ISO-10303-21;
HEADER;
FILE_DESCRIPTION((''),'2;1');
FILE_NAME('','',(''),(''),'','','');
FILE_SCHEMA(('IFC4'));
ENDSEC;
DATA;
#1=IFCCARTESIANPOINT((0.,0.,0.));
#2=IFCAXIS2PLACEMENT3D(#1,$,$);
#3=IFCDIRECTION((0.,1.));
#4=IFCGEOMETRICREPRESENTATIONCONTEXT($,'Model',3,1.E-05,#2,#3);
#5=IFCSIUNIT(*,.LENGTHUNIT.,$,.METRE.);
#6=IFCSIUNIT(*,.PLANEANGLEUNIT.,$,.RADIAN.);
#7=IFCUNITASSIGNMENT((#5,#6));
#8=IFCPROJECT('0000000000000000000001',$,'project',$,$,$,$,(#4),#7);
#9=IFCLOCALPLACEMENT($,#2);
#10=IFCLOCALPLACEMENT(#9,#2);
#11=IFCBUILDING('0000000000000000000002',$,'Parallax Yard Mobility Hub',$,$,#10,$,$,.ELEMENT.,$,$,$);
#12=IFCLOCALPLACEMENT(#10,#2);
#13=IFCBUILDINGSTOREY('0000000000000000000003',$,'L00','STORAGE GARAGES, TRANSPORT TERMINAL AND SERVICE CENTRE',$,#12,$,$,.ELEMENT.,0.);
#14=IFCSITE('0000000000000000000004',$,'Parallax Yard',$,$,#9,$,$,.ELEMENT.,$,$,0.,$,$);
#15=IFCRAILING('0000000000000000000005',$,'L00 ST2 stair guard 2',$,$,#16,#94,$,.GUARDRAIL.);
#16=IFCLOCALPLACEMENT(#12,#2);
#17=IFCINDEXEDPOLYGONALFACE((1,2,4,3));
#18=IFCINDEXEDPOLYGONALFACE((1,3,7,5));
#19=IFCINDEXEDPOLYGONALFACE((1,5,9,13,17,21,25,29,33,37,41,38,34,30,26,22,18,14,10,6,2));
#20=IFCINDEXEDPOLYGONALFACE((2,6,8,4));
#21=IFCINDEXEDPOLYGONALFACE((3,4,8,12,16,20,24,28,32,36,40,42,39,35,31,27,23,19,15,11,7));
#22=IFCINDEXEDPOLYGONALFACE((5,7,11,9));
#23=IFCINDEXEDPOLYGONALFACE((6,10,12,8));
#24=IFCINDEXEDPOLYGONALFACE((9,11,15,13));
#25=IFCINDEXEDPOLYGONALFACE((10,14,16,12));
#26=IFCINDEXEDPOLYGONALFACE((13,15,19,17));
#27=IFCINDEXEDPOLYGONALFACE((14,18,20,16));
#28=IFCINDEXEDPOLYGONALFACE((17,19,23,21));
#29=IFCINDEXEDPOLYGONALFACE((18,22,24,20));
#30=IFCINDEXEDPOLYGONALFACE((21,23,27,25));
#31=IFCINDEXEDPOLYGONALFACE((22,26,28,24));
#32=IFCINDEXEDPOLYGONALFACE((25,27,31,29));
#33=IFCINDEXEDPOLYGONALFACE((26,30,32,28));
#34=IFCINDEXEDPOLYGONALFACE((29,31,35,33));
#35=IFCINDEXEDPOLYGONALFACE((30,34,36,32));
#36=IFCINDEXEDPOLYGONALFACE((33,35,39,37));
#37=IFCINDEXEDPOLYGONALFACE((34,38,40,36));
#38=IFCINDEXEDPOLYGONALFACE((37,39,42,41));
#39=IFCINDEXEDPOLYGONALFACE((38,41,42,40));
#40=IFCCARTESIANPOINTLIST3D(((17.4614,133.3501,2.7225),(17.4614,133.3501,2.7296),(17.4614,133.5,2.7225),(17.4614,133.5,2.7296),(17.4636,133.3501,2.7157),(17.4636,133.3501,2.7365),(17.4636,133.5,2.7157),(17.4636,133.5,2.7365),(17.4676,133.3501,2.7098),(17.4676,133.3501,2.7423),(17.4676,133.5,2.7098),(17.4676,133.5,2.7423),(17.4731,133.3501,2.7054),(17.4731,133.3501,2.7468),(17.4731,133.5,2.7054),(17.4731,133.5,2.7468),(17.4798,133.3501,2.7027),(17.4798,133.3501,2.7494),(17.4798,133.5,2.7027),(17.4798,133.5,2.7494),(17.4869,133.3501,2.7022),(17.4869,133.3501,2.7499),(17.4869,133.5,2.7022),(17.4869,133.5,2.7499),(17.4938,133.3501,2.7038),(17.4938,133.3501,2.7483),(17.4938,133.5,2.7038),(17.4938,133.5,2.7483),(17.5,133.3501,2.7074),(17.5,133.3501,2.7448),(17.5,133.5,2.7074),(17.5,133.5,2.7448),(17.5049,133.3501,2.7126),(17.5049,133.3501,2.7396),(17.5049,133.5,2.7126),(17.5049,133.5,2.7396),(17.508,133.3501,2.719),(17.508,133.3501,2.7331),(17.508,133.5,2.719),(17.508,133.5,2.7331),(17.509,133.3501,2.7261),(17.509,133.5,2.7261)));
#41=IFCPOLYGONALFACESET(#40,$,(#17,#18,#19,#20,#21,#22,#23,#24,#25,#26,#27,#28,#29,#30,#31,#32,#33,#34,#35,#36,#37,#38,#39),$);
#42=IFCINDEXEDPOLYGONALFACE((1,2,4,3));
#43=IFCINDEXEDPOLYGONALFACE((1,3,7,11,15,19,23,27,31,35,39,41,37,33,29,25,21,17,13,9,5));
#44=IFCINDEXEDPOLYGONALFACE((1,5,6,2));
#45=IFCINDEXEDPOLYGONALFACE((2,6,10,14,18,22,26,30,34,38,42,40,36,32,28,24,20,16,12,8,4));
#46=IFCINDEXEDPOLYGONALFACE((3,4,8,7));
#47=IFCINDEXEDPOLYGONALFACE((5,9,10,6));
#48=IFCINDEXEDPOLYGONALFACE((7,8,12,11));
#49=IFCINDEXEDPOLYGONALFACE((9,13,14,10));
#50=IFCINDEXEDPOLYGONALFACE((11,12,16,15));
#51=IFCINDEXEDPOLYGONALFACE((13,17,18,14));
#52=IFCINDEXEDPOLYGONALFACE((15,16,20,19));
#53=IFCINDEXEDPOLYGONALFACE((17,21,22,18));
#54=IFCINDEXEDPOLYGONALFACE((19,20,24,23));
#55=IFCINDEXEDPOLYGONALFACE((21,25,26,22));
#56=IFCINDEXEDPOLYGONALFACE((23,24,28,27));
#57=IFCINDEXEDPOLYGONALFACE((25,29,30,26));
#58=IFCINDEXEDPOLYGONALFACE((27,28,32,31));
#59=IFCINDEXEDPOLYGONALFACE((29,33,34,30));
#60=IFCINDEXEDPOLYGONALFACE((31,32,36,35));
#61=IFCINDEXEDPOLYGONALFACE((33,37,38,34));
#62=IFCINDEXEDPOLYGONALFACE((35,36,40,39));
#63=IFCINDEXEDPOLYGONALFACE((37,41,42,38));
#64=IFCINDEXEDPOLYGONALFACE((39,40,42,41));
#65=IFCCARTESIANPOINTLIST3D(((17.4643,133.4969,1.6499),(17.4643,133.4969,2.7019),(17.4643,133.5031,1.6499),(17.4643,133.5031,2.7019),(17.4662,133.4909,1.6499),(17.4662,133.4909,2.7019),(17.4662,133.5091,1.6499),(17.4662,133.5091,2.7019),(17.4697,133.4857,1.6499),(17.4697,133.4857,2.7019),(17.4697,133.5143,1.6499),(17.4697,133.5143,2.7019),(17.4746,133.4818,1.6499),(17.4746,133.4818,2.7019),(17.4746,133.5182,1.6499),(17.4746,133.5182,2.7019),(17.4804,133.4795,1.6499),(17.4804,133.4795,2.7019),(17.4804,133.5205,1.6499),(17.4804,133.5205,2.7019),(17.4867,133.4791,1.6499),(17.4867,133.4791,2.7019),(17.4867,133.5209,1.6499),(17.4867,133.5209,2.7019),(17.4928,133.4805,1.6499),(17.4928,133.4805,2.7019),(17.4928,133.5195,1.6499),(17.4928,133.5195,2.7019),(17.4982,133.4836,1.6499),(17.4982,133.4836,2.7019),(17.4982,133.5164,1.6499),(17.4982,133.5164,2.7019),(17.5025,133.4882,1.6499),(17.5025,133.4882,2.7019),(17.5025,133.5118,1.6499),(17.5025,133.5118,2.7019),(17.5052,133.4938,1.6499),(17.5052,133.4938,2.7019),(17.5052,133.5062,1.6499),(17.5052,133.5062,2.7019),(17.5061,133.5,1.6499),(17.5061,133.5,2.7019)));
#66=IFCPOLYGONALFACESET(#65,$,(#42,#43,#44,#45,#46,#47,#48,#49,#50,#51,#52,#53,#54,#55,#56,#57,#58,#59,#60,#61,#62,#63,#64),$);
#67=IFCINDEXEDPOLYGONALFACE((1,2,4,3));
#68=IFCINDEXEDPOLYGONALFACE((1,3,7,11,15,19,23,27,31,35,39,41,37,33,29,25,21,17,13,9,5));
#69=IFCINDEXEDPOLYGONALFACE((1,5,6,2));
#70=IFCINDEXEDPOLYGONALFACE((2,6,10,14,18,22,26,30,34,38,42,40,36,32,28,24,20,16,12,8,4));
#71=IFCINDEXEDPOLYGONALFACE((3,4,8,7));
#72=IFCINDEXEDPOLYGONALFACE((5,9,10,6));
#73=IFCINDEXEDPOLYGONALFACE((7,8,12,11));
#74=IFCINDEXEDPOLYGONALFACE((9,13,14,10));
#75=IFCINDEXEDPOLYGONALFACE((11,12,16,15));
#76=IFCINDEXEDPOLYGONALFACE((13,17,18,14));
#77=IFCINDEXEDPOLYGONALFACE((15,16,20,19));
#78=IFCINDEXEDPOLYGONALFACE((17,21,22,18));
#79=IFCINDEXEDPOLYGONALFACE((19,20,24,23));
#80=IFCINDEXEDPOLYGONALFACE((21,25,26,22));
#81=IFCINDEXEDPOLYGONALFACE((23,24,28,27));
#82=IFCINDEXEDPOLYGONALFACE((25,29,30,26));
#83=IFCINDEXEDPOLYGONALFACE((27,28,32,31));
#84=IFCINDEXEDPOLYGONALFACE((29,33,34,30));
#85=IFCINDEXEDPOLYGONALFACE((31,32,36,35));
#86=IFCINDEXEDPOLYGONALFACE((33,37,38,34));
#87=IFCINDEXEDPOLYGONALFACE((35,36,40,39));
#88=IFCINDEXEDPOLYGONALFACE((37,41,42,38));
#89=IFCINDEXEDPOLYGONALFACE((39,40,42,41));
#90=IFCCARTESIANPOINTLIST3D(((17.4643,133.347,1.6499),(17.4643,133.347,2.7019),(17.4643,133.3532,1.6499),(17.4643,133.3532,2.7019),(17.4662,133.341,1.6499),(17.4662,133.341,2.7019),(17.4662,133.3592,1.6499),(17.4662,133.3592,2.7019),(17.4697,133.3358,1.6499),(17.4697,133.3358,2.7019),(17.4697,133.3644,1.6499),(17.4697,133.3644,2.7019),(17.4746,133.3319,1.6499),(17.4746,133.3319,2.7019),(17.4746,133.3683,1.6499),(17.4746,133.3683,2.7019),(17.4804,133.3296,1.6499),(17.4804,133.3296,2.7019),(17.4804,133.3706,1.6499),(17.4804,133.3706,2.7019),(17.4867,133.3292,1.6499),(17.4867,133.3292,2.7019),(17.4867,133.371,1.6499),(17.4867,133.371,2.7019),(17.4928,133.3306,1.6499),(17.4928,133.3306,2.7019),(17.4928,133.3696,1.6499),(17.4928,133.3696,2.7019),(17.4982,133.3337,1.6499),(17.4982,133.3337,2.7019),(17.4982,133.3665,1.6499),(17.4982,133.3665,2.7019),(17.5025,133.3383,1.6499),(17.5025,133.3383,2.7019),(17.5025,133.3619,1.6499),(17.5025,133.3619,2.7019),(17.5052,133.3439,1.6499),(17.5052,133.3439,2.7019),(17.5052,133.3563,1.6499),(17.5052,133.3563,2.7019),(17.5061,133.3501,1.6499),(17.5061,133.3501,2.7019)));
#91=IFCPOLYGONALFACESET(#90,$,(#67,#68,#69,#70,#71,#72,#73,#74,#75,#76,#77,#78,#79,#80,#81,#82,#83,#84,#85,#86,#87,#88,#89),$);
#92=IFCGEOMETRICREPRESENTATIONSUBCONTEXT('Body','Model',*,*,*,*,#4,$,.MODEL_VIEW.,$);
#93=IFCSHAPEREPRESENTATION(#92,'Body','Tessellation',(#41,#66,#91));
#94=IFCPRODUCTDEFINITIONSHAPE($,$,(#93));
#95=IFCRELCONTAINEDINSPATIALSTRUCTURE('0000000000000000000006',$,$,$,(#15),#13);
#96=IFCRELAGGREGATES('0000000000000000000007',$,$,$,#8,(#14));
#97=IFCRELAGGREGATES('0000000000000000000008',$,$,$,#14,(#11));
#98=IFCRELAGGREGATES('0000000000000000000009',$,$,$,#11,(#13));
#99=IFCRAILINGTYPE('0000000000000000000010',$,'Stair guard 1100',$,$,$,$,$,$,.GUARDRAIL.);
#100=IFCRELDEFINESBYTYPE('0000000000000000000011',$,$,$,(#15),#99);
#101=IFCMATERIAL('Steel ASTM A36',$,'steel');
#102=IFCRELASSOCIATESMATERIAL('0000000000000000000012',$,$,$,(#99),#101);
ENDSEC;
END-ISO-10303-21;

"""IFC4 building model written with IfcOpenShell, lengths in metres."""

from ifc_helpers import new_model, si_unit, direction, frame, origin, origin_2d, place, context, subcontext, project, spatial, circle, extrude, material, type_object, element, save


model = new_model("IFC4")

# Units and contexts
model_context = context("Model", 3, precision=1e-05, world=origin(), true_north=direction((0.0, 1.0)))
body_context = subcontext(model_context, "Body", "Model", "MODEL_VIEW")
ifc_project = project(units=[si_unit("LENGTHUNIT", "METRE"), si_unit("PLANEANGLEUNIT", "RADIAN")], contexts=[model_context])

# Site, building, storey
site_placement = place(None, origin())
site = spatial("IfcSite", under=ifc_project, at=site_placement, Name="Parallax Yard", CompositionType="ELEMENT", RefElevation=0.0)
building_placement = place(site_placement, origin())
building = spatial("IfcBuilding", under=site, at=building_placement, Name="Parallax Yard Mobility Hub", CompositionType="ELEMENT")
storey_placement = place(building_placement, origin())
storey = spatial("IfcBuildingStorey", under=building, at=storey_placement, Name="L00", Description="STORAGE GARAGES, TRANSPORT TERMINAL AND SERVICE CENTRE", CompositionType="ELEMENT", Elevation=0.0)

# Railing
ifc_material_1 = material(Name="Steel ASTM A36", Category="steel")
railing_type_1 = type_object("IfcRailingType", Name="Stair guard 1100", PredefinedType="GUARDRAIL", material=ifc_material_1)
railing_1_placement = place(storey_placement, frame((17.4851, 133.5, 1.6499)))
element("IfcRailing", 1, at=railing_1_placement, inside=storey, type_object=railing_type_1, Name="L00 ST2 stair guard 2", PredefinedType="GUARDRAIL", context=body_context, shape_type="SweptSolid", body=[
    extrude(circle(Radius=0.0239, at=origin_2d()), frame((0.0, 0.0, 1.0762), z_axis=(0.0, -1.0, 0.0), x_axis=(1.0, 0.0, 0.0)), (0.0, 0.0, 1.0), 0.1499),
    extrude(circle(Radius=0.021, at=origin_2d()), origin(), (0.0, 0.0, 1.0), 1.052),
    extrude(circle(Radius=0.021, at=origin_2d()), frame((0.0, -0.1499, 0.0)), (0.0, 0.0, 1.0), 1.052),
])

save(model, "model.ifc")
